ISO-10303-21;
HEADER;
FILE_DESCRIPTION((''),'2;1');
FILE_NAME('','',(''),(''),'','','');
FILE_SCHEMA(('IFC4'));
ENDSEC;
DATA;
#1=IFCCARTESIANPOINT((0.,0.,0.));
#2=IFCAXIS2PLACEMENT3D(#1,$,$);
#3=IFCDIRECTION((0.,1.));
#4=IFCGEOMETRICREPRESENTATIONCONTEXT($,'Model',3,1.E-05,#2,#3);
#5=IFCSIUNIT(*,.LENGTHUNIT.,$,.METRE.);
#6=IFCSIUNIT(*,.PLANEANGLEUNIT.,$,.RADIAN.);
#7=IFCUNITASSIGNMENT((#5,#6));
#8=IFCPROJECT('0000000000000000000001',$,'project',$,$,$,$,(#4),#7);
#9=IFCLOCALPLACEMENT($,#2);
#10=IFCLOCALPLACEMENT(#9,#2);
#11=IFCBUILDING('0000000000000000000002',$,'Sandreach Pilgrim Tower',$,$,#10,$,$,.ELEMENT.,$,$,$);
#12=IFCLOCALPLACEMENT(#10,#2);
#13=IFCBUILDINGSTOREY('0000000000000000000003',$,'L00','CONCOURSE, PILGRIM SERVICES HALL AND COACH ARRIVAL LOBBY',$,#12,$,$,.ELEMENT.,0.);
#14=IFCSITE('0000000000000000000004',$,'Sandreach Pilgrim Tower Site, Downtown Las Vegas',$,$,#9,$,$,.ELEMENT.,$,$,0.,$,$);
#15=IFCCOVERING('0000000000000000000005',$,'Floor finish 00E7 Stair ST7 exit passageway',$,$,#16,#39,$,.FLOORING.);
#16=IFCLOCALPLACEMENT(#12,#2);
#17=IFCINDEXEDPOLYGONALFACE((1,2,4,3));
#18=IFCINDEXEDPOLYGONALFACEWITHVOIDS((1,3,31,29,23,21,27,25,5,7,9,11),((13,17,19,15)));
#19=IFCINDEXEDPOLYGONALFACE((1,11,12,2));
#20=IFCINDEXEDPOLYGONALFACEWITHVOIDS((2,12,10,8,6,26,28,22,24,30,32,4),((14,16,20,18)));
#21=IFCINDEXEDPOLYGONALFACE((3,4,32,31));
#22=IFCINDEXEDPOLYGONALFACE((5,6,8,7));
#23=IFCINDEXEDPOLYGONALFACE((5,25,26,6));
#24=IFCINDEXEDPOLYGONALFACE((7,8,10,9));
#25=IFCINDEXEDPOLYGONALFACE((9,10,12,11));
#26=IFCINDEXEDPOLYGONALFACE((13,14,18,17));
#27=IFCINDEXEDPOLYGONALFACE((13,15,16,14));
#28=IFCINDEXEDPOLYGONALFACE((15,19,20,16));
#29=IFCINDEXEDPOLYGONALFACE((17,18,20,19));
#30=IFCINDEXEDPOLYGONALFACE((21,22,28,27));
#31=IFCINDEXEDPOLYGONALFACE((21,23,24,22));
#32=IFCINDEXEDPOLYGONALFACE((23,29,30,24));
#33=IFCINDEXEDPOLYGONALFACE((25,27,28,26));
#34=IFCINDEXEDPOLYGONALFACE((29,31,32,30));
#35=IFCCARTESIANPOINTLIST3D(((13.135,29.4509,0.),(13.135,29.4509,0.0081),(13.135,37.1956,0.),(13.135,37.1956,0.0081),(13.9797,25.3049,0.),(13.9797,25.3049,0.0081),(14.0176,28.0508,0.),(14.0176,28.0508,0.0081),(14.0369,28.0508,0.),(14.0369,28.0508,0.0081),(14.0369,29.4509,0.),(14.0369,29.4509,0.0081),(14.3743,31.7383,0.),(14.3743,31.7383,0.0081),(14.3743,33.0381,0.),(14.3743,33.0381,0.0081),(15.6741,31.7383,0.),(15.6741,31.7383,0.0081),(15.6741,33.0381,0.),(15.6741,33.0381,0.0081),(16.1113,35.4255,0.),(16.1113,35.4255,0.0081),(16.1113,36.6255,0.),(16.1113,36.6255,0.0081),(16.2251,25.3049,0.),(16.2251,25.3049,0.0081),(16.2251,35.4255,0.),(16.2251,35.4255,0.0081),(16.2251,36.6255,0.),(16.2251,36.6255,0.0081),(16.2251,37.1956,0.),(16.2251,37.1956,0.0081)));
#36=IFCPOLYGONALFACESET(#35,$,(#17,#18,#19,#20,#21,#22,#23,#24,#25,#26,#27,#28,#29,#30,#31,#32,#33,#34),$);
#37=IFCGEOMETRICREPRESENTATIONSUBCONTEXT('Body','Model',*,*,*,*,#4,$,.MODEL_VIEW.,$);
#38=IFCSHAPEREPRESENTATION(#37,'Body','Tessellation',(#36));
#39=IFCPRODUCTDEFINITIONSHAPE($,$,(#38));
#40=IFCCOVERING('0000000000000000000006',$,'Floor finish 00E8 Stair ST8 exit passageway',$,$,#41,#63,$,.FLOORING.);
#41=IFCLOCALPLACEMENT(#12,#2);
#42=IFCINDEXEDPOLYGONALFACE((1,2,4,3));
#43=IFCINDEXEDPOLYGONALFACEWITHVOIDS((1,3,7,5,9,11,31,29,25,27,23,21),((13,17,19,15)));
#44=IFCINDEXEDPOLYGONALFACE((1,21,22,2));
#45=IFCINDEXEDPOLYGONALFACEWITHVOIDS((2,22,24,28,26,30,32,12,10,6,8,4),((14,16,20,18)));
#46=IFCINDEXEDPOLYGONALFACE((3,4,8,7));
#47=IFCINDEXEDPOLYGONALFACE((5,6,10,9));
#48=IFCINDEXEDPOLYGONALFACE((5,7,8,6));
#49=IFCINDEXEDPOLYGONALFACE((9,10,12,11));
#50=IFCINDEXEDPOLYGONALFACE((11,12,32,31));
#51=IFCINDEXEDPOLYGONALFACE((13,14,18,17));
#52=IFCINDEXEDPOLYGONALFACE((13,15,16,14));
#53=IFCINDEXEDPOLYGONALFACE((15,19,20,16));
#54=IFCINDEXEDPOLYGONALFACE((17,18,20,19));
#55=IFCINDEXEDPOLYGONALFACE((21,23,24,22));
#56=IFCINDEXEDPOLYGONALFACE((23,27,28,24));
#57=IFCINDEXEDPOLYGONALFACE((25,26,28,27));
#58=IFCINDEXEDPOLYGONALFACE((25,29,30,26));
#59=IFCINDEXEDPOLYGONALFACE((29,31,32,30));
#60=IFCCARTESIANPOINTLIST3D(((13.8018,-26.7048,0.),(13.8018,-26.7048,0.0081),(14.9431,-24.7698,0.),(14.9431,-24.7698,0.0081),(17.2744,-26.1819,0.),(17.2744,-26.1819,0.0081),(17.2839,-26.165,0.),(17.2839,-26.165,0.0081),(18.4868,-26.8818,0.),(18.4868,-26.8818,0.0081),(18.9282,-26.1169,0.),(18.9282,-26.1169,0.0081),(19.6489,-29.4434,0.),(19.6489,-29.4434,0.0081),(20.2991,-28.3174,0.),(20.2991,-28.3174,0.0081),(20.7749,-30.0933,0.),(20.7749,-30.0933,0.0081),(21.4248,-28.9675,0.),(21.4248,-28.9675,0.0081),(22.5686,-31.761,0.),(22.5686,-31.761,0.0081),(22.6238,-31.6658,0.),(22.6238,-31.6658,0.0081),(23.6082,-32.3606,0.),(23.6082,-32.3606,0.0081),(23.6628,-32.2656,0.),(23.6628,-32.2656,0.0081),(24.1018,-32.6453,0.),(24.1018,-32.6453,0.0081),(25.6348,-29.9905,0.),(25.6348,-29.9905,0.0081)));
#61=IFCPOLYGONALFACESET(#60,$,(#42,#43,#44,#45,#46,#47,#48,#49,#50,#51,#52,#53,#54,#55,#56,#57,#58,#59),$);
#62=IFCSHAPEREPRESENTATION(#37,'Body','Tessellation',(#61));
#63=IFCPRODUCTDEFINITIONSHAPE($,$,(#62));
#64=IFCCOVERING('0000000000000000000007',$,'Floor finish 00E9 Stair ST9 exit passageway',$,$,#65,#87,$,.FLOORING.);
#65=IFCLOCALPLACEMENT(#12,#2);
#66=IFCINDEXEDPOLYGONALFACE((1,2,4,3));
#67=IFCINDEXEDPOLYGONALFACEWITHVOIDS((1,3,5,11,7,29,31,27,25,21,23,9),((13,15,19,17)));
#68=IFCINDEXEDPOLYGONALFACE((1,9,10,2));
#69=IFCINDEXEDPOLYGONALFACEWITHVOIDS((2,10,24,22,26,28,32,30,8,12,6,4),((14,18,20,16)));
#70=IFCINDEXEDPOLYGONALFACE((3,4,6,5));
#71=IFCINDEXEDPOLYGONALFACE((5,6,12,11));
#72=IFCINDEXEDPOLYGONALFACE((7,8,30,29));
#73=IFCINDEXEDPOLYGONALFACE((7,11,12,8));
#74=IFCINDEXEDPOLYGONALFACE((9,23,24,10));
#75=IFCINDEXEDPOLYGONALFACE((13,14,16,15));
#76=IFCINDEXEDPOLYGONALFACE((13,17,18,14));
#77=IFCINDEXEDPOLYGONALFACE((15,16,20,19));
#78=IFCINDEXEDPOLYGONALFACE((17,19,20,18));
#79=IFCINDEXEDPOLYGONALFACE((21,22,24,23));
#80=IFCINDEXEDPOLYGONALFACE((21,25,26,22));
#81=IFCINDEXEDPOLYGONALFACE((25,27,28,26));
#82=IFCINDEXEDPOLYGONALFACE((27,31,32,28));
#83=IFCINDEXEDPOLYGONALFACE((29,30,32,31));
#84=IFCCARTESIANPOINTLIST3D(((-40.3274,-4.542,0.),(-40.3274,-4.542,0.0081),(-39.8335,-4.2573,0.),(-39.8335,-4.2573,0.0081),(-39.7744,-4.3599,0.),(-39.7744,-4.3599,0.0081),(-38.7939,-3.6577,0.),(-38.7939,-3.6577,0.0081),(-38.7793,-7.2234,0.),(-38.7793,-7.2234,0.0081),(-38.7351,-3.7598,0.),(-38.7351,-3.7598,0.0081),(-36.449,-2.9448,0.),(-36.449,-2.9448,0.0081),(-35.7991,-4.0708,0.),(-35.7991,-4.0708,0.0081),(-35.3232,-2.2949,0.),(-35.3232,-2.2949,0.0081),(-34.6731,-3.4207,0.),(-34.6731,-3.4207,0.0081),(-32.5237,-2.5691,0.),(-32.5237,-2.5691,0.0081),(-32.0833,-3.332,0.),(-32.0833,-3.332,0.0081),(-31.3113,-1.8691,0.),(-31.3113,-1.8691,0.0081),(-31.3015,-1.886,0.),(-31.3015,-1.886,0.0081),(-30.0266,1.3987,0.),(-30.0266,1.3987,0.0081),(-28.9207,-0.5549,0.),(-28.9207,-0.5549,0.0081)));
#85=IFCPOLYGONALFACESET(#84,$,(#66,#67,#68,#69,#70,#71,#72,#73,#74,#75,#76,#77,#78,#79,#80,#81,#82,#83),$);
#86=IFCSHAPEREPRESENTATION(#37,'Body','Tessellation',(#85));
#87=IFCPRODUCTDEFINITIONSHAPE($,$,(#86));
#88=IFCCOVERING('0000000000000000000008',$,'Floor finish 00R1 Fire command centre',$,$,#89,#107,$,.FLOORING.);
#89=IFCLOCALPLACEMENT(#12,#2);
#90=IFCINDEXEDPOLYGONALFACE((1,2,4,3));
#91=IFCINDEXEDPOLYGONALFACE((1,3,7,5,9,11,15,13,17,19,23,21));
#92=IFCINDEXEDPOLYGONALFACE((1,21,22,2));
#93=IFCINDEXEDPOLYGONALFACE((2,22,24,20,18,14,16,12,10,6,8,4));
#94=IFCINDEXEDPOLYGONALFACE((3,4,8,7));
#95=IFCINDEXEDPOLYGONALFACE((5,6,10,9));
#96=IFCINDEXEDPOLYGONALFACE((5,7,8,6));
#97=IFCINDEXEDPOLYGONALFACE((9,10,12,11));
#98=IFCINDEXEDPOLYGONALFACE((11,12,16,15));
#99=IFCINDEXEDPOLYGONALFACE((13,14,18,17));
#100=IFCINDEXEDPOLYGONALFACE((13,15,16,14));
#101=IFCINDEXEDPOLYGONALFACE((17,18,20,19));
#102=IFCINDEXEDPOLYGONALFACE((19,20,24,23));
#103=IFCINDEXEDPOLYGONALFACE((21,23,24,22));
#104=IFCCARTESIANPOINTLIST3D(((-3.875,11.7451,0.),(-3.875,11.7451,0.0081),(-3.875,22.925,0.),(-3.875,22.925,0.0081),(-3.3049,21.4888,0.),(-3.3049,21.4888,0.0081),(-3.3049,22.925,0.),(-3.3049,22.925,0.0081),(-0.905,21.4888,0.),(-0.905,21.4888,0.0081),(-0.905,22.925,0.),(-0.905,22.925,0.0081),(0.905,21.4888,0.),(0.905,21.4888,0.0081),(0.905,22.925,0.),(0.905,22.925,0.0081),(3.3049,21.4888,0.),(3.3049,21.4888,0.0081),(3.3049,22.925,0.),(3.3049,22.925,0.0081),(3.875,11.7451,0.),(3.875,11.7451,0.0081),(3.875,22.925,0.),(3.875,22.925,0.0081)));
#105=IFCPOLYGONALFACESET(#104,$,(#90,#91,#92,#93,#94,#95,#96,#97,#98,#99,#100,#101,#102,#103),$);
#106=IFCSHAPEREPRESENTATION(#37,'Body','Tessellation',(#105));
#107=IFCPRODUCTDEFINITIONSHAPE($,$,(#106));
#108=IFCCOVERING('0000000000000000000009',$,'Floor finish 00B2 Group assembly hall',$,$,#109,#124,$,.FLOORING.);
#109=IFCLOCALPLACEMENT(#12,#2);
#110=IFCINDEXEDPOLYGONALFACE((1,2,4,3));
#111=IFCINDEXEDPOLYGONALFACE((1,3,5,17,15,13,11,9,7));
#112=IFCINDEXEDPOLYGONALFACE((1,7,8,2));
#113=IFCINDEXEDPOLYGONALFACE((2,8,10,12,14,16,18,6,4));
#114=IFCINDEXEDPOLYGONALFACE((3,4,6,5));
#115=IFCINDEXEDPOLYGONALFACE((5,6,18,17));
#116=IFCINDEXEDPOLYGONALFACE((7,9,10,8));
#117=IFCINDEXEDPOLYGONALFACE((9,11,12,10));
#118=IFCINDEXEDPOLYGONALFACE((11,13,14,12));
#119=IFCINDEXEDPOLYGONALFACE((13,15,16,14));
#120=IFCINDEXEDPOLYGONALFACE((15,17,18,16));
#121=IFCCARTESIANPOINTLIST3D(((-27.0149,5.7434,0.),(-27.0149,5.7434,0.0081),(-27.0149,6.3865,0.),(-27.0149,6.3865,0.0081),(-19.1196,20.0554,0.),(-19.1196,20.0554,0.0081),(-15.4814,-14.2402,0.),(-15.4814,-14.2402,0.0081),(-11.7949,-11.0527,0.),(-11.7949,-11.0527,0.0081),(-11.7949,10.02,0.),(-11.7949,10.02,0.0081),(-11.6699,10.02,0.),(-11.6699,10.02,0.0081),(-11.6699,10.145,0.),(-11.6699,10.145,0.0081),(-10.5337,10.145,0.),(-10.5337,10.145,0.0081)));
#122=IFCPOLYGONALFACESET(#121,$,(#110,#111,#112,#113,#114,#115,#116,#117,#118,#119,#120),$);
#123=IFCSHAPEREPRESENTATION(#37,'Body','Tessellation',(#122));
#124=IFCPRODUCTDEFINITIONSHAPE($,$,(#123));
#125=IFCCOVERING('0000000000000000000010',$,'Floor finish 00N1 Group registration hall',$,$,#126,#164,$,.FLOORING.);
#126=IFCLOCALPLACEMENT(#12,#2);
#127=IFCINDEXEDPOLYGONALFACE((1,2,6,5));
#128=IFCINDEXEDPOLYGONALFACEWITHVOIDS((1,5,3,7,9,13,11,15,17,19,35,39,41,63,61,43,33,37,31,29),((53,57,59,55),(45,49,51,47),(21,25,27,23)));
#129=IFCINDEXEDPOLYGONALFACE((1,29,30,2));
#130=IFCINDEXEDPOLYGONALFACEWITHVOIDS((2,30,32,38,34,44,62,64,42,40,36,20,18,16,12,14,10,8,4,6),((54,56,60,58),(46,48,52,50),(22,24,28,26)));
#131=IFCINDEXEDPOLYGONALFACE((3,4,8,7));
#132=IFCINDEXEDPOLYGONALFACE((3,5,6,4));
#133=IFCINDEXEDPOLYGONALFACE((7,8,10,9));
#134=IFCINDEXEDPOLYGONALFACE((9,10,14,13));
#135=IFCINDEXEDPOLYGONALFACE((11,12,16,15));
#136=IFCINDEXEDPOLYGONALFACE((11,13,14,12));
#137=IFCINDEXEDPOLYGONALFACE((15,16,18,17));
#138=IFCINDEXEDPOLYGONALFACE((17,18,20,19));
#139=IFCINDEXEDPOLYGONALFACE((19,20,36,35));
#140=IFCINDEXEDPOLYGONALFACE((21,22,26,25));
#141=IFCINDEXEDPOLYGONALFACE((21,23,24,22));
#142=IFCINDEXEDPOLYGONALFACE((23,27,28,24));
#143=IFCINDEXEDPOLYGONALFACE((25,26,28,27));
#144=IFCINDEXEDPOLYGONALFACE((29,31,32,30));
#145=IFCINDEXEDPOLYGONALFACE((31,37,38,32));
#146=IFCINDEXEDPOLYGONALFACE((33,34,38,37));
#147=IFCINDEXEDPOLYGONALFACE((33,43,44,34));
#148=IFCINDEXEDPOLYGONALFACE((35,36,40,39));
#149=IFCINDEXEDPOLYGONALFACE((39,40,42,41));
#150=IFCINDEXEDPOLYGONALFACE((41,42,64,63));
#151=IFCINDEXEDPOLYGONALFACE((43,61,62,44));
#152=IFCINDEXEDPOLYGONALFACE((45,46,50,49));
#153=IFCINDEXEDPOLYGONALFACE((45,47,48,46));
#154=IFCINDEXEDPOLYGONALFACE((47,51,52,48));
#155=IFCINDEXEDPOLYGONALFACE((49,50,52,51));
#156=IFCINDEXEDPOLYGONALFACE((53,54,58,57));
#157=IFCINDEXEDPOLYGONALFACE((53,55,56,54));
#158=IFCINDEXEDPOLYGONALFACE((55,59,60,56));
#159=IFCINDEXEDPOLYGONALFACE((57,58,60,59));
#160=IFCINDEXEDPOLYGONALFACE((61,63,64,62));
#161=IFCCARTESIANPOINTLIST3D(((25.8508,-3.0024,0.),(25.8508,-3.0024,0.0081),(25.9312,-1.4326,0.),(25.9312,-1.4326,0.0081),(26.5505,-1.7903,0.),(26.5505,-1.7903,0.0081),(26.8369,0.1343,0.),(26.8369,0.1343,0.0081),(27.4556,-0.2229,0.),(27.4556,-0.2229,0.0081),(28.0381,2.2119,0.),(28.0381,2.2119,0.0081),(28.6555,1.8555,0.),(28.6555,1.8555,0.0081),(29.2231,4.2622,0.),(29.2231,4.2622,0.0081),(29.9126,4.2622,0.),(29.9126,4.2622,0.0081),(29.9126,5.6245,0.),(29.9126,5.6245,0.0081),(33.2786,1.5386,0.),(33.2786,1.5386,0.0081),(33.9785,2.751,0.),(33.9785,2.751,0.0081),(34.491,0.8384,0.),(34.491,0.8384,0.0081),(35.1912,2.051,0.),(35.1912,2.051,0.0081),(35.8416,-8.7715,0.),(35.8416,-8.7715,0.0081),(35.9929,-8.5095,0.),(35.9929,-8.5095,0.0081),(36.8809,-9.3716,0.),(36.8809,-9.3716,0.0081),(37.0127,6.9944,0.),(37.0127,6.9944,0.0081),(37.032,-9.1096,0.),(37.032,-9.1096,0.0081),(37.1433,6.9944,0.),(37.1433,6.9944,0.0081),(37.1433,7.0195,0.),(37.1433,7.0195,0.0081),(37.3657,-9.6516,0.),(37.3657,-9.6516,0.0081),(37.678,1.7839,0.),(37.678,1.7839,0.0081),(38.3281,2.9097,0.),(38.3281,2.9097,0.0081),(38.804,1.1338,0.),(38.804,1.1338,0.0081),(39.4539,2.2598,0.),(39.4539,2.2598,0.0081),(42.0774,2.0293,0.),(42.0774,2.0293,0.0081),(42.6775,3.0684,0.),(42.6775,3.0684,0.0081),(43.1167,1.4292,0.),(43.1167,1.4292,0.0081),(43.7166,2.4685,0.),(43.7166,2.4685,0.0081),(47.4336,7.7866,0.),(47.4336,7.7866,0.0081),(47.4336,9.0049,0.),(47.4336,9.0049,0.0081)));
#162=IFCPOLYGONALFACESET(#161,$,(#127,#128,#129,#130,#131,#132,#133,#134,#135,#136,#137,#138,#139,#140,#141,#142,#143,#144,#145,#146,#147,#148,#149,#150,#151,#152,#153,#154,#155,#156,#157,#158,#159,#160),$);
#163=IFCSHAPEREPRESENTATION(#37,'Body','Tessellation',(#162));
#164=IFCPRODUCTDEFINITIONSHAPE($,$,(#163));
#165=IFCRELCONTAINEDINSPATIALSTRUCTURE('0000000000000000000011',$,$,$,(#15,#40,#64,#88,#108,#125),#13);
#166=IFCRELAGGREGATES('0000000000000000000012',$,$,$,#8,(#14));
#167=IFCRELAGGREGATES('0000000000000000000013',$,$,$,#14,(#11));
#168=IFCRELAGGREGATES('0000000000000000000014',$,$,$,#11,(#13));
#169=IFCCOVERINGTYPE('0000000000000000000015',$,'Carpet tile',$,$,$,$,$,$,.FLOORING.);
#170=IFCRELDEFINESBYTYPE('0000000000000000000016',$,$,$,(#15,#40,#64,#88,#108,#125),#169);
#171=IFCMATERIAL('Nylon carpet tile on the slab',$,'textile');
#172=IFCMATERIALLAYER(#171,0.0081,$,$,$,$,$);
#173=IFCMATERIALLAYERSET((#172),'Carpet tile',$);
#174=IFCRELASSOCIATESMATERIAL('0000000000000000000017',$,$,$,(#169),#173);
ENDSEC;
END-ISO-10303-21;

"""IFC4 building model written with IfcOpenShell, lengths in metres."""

from ifc_helpers import new_model, si_unit, direction, origin, place, context, subcontext, project, spatial, polyline, outline, extrude, material, layer, layer_set, type_object, element, save


model = new_model("IFC4")

# Units and contexts
model_context = context("Model", 3, precision=1e-05, world=origin(), true_north=direction((0.0, 1.0)))
body_context = subcontext(model_context, "Body", "Model", "MODEL_VIEW")
ifc_project = project(units=[si_unit("LENGTHUNIT", "METRE"), si_unit("PLANEANGLEUNIT", "RADIAN")], contexts=[model_context])

# Site, building, storey
site_placement = place(None, origin())
site = spatial("IfcSite", under=ifc_project, at=site_placement, Name="Sandreach Pilgrim Tower Site, Downtown Las Vegas", CompositionType="ELEMENT", RefElevation=0.0)
building_placement = place(site_placement, origin())
building = spatial("IfcBuilding", under=site, at=building_placement, Name="Sandreach Pilgrim Tower", CompositionType="ELEMENT")
storey_placement = place(building_placement, origin())
storey = spatial("IfcBuildingStorey", under=building, at=storey_placement, Name="L00", Description="CONCOURSE, PILGRIM SERVICES HALL AND COACH ARRIVAL LOBBY", CompositionType="ELEMENT", Elevation=0.0)

# Coverings
ifc_material_1 = material(Name="Nylon carpet tile on the slab", Category="textile")
ifc_layer_1 = layer(ifc_material_1, 0.0081)
ifc_layer_set_1 = layer_set([ifc_layer_1], Name="Carpet tile")
covering_type_1 = type_object("IfcCoveringType", Name="Carpet tile", PredefinedType="FLOORING", material=ifc_layer_set_1)
covering_1_placement = place(storey_placement, origin())
element("IfcCovering", 1, at=covering_1_placement, inside=storey, type_object=covering_type_1, Name="Floor finish 00E7 Stair ST7 exit passageway", PredefinedType="FLOORING", context=body_context, shape_type="SweptSolid", body=[
    extrude(outline(polyline([(14.0176, 28.0508), (14.0369, 28.0508), (14.0369, 29.4509), (13.135, 29.4509), (13.135, 37.1956), (16.2251, 37.1956), (16.2251, 36.6255), (16.1113, 36.6255), (16.1113, 35.4255), (16.2251, 35.4255), (16.2251, 25.3049), (13.9797, 25.3049), (14.0176, 28.0508)]), holes=[polyline([(14.3743, 33.0381), (14.3743, 31.7383), (15.6741, 31.7383), (15.6741, 33.0381), (14.3743, 33.0381)])]), origin(), (0.0, 0.0, 1.0), 0.0081),
])
covering_2_placement = place(storey_placement, origin())
element("IfcCovering", 2, at=covering_2_placement, inside=storey, type_object=covering_type_1, Name="Floor finish 00E8 Stair ST8 exit passageway", PredefinedType="FLOORING", context=body_context, shape_type="SweptSolid", body=[
    extrude(outline(polyline([(17.2839, -26.165), (17.2744, -26.1819), (18.4868, -26.8818), (18.9282, -26.1169), (25.6348, -29.9905), (24.1018, -32.6453), (23.6082, -32.3606), (23.6628, -32.2656), (22.6238, -31.6658), (22.5686, -31.761), (13.8018, -26.7048), (14.9431, -24.7698), (17.2839, -26.165)]), holes=[polyline([(21.4248, -28.9675), (20.2991, -28.3174), (19.6489, -29.4434), (20.7749, -30.0933), (21.4248, -28.9675)])]), origin(), (0.0, 0.0, 1.0), 0.0081),
])
covering_3_placement = place(storey_placement, origin())
element("IfcCovering", 3, at=covering_3_placement, inside=storey, type_object=covering_type_1, Name="Floor finish 00E9 Stair ST9 exit passageway", PredefinedType="FLOORING", context=body_context, shape_type="SweptSolid", body=[
    extrude(outline(polyline([(-39.7744, -4.3599), (-38.7351, -3.7598), (-38.7939, -3.6577), (-30.0266, 1.3987), (-28.9207, -0.5549), (-31.3015, -1.886), (-31.3113, -1.8691), (-32.5237, -2.5691), (-32.0833, -3.332), (-38.7793, -7.2234), (-40.3274, -4.542), (-39.8335, -4.2573), (-39.7744, -4.3599)]), holes=[polyline([(-35.7991, -4.0708), (-34.6731, -3.4207), (-35.3232, -2.2949), (-36.449, -2.9448), (-35.7991, -4.0708)])]), origin(), (0.0, 0.0, 1.0), 0.0081),
])
covering_4_placement = place(storey_placement, origin())
element("IfcCovering", 4, at=covering_4_placement, inside=storey, type_object=covering_type_1, Name="Floor finish 00R1 Fire command centre", PredefinedType="FLOORING", context=body_context, shape_type="SweptSolid", body=[
    extrude(outline(polyline([(3.875, 22.925), (3.875, 11.7451), (-3.875, 11.7451), (-3.875, 22.925), (-3.3049, 22.925), (-3.3049, 21.4888), (-0.905, 21.4888), (-0.905, 22.925), (0.905, 22.925), (0.905, 21.4888), (3.3049, 21.4888), (3.3049, 22.925), (3.875, 22.925)])), origin(), (0.0, 0.0, 1.0), 0.0081),
])
covering_5_placement = place(storey_placement, origin())
element("IfcCovering", 5, at=covering_5_placement, inside=storey, type_object=covering_type_1, Name="Floor finish 00B2 Group assembly hall", PredefinedType="FLOORING", context=body_context, shape_type="SweptSolid", body=[
    extrude(outline(polyline([(-11.7949, -11.0527), (-15.4814, -14.2402), (-27.0149, 5.7434), (-27.0149, 6.3865), (-19.1196, 20.0554), (-10.5337, 10.145), (-11.6699, 10.145), (-11.6699, 10.02), (-11.7949, 10.02), (-11.7949, -11.0527)])), origin(), (0.0, 0.0, 1.0), 0.0081),
])
covering_6_placement = place(storey_placement, origin())
element("IfcCovering", 6, at=covering_6_placement, inside=storey, type_object=covering_type_1, Name="Floor finish 00N1 Group registration hall", PredefinedType="FLOORING", context=body_context, shape_type="SweptSolid", body=[
    extrude(outline(polyline([(26.5505, -1.7903), (25.9312, -1.4326), (26.8369, 0.1343), (27.4556, -0.2229), (28.6555, 1.8555), (28.0381, 2.2119), (29.2231, 4.2622), (29.9126, 4.2622), (29.9126, 5.6245), (37.0127, 6.9944), (37.1433, 6.9944), (37.1433, 7.0195), (47.4336, 9.0049), (47.4336, 7.7866), (37.3657, -9.6516), (36.8809, -9.3716), (37.032, -9.1096), (35.9929, -8.5095), (35.8416, -8.7715), (25.8508, -3.0024), (26.5505, -1.7903)]), holes=[polyline([(39.4539, 2.2598), (38.3281, 2.9097), (37.678, 1.7839), (38.804, 1.1338), (39.4539, 2.2598)]), polyline([(35.1912, 2.051), (33.9785, 2.751), (33.2786, 1.5386), (34.491, 0.8384), (35.1912, 2.051)]), polyline([(42.6775, 3.0684), (42.0774, 2.0293), (43.1167, 1.4292), (43.7166, 2.4685), (42.6775, 3.0684)])]), origin(), (0.0, 0.0, 1.0), 0.0081),
])

save(model, "model.ifc")
